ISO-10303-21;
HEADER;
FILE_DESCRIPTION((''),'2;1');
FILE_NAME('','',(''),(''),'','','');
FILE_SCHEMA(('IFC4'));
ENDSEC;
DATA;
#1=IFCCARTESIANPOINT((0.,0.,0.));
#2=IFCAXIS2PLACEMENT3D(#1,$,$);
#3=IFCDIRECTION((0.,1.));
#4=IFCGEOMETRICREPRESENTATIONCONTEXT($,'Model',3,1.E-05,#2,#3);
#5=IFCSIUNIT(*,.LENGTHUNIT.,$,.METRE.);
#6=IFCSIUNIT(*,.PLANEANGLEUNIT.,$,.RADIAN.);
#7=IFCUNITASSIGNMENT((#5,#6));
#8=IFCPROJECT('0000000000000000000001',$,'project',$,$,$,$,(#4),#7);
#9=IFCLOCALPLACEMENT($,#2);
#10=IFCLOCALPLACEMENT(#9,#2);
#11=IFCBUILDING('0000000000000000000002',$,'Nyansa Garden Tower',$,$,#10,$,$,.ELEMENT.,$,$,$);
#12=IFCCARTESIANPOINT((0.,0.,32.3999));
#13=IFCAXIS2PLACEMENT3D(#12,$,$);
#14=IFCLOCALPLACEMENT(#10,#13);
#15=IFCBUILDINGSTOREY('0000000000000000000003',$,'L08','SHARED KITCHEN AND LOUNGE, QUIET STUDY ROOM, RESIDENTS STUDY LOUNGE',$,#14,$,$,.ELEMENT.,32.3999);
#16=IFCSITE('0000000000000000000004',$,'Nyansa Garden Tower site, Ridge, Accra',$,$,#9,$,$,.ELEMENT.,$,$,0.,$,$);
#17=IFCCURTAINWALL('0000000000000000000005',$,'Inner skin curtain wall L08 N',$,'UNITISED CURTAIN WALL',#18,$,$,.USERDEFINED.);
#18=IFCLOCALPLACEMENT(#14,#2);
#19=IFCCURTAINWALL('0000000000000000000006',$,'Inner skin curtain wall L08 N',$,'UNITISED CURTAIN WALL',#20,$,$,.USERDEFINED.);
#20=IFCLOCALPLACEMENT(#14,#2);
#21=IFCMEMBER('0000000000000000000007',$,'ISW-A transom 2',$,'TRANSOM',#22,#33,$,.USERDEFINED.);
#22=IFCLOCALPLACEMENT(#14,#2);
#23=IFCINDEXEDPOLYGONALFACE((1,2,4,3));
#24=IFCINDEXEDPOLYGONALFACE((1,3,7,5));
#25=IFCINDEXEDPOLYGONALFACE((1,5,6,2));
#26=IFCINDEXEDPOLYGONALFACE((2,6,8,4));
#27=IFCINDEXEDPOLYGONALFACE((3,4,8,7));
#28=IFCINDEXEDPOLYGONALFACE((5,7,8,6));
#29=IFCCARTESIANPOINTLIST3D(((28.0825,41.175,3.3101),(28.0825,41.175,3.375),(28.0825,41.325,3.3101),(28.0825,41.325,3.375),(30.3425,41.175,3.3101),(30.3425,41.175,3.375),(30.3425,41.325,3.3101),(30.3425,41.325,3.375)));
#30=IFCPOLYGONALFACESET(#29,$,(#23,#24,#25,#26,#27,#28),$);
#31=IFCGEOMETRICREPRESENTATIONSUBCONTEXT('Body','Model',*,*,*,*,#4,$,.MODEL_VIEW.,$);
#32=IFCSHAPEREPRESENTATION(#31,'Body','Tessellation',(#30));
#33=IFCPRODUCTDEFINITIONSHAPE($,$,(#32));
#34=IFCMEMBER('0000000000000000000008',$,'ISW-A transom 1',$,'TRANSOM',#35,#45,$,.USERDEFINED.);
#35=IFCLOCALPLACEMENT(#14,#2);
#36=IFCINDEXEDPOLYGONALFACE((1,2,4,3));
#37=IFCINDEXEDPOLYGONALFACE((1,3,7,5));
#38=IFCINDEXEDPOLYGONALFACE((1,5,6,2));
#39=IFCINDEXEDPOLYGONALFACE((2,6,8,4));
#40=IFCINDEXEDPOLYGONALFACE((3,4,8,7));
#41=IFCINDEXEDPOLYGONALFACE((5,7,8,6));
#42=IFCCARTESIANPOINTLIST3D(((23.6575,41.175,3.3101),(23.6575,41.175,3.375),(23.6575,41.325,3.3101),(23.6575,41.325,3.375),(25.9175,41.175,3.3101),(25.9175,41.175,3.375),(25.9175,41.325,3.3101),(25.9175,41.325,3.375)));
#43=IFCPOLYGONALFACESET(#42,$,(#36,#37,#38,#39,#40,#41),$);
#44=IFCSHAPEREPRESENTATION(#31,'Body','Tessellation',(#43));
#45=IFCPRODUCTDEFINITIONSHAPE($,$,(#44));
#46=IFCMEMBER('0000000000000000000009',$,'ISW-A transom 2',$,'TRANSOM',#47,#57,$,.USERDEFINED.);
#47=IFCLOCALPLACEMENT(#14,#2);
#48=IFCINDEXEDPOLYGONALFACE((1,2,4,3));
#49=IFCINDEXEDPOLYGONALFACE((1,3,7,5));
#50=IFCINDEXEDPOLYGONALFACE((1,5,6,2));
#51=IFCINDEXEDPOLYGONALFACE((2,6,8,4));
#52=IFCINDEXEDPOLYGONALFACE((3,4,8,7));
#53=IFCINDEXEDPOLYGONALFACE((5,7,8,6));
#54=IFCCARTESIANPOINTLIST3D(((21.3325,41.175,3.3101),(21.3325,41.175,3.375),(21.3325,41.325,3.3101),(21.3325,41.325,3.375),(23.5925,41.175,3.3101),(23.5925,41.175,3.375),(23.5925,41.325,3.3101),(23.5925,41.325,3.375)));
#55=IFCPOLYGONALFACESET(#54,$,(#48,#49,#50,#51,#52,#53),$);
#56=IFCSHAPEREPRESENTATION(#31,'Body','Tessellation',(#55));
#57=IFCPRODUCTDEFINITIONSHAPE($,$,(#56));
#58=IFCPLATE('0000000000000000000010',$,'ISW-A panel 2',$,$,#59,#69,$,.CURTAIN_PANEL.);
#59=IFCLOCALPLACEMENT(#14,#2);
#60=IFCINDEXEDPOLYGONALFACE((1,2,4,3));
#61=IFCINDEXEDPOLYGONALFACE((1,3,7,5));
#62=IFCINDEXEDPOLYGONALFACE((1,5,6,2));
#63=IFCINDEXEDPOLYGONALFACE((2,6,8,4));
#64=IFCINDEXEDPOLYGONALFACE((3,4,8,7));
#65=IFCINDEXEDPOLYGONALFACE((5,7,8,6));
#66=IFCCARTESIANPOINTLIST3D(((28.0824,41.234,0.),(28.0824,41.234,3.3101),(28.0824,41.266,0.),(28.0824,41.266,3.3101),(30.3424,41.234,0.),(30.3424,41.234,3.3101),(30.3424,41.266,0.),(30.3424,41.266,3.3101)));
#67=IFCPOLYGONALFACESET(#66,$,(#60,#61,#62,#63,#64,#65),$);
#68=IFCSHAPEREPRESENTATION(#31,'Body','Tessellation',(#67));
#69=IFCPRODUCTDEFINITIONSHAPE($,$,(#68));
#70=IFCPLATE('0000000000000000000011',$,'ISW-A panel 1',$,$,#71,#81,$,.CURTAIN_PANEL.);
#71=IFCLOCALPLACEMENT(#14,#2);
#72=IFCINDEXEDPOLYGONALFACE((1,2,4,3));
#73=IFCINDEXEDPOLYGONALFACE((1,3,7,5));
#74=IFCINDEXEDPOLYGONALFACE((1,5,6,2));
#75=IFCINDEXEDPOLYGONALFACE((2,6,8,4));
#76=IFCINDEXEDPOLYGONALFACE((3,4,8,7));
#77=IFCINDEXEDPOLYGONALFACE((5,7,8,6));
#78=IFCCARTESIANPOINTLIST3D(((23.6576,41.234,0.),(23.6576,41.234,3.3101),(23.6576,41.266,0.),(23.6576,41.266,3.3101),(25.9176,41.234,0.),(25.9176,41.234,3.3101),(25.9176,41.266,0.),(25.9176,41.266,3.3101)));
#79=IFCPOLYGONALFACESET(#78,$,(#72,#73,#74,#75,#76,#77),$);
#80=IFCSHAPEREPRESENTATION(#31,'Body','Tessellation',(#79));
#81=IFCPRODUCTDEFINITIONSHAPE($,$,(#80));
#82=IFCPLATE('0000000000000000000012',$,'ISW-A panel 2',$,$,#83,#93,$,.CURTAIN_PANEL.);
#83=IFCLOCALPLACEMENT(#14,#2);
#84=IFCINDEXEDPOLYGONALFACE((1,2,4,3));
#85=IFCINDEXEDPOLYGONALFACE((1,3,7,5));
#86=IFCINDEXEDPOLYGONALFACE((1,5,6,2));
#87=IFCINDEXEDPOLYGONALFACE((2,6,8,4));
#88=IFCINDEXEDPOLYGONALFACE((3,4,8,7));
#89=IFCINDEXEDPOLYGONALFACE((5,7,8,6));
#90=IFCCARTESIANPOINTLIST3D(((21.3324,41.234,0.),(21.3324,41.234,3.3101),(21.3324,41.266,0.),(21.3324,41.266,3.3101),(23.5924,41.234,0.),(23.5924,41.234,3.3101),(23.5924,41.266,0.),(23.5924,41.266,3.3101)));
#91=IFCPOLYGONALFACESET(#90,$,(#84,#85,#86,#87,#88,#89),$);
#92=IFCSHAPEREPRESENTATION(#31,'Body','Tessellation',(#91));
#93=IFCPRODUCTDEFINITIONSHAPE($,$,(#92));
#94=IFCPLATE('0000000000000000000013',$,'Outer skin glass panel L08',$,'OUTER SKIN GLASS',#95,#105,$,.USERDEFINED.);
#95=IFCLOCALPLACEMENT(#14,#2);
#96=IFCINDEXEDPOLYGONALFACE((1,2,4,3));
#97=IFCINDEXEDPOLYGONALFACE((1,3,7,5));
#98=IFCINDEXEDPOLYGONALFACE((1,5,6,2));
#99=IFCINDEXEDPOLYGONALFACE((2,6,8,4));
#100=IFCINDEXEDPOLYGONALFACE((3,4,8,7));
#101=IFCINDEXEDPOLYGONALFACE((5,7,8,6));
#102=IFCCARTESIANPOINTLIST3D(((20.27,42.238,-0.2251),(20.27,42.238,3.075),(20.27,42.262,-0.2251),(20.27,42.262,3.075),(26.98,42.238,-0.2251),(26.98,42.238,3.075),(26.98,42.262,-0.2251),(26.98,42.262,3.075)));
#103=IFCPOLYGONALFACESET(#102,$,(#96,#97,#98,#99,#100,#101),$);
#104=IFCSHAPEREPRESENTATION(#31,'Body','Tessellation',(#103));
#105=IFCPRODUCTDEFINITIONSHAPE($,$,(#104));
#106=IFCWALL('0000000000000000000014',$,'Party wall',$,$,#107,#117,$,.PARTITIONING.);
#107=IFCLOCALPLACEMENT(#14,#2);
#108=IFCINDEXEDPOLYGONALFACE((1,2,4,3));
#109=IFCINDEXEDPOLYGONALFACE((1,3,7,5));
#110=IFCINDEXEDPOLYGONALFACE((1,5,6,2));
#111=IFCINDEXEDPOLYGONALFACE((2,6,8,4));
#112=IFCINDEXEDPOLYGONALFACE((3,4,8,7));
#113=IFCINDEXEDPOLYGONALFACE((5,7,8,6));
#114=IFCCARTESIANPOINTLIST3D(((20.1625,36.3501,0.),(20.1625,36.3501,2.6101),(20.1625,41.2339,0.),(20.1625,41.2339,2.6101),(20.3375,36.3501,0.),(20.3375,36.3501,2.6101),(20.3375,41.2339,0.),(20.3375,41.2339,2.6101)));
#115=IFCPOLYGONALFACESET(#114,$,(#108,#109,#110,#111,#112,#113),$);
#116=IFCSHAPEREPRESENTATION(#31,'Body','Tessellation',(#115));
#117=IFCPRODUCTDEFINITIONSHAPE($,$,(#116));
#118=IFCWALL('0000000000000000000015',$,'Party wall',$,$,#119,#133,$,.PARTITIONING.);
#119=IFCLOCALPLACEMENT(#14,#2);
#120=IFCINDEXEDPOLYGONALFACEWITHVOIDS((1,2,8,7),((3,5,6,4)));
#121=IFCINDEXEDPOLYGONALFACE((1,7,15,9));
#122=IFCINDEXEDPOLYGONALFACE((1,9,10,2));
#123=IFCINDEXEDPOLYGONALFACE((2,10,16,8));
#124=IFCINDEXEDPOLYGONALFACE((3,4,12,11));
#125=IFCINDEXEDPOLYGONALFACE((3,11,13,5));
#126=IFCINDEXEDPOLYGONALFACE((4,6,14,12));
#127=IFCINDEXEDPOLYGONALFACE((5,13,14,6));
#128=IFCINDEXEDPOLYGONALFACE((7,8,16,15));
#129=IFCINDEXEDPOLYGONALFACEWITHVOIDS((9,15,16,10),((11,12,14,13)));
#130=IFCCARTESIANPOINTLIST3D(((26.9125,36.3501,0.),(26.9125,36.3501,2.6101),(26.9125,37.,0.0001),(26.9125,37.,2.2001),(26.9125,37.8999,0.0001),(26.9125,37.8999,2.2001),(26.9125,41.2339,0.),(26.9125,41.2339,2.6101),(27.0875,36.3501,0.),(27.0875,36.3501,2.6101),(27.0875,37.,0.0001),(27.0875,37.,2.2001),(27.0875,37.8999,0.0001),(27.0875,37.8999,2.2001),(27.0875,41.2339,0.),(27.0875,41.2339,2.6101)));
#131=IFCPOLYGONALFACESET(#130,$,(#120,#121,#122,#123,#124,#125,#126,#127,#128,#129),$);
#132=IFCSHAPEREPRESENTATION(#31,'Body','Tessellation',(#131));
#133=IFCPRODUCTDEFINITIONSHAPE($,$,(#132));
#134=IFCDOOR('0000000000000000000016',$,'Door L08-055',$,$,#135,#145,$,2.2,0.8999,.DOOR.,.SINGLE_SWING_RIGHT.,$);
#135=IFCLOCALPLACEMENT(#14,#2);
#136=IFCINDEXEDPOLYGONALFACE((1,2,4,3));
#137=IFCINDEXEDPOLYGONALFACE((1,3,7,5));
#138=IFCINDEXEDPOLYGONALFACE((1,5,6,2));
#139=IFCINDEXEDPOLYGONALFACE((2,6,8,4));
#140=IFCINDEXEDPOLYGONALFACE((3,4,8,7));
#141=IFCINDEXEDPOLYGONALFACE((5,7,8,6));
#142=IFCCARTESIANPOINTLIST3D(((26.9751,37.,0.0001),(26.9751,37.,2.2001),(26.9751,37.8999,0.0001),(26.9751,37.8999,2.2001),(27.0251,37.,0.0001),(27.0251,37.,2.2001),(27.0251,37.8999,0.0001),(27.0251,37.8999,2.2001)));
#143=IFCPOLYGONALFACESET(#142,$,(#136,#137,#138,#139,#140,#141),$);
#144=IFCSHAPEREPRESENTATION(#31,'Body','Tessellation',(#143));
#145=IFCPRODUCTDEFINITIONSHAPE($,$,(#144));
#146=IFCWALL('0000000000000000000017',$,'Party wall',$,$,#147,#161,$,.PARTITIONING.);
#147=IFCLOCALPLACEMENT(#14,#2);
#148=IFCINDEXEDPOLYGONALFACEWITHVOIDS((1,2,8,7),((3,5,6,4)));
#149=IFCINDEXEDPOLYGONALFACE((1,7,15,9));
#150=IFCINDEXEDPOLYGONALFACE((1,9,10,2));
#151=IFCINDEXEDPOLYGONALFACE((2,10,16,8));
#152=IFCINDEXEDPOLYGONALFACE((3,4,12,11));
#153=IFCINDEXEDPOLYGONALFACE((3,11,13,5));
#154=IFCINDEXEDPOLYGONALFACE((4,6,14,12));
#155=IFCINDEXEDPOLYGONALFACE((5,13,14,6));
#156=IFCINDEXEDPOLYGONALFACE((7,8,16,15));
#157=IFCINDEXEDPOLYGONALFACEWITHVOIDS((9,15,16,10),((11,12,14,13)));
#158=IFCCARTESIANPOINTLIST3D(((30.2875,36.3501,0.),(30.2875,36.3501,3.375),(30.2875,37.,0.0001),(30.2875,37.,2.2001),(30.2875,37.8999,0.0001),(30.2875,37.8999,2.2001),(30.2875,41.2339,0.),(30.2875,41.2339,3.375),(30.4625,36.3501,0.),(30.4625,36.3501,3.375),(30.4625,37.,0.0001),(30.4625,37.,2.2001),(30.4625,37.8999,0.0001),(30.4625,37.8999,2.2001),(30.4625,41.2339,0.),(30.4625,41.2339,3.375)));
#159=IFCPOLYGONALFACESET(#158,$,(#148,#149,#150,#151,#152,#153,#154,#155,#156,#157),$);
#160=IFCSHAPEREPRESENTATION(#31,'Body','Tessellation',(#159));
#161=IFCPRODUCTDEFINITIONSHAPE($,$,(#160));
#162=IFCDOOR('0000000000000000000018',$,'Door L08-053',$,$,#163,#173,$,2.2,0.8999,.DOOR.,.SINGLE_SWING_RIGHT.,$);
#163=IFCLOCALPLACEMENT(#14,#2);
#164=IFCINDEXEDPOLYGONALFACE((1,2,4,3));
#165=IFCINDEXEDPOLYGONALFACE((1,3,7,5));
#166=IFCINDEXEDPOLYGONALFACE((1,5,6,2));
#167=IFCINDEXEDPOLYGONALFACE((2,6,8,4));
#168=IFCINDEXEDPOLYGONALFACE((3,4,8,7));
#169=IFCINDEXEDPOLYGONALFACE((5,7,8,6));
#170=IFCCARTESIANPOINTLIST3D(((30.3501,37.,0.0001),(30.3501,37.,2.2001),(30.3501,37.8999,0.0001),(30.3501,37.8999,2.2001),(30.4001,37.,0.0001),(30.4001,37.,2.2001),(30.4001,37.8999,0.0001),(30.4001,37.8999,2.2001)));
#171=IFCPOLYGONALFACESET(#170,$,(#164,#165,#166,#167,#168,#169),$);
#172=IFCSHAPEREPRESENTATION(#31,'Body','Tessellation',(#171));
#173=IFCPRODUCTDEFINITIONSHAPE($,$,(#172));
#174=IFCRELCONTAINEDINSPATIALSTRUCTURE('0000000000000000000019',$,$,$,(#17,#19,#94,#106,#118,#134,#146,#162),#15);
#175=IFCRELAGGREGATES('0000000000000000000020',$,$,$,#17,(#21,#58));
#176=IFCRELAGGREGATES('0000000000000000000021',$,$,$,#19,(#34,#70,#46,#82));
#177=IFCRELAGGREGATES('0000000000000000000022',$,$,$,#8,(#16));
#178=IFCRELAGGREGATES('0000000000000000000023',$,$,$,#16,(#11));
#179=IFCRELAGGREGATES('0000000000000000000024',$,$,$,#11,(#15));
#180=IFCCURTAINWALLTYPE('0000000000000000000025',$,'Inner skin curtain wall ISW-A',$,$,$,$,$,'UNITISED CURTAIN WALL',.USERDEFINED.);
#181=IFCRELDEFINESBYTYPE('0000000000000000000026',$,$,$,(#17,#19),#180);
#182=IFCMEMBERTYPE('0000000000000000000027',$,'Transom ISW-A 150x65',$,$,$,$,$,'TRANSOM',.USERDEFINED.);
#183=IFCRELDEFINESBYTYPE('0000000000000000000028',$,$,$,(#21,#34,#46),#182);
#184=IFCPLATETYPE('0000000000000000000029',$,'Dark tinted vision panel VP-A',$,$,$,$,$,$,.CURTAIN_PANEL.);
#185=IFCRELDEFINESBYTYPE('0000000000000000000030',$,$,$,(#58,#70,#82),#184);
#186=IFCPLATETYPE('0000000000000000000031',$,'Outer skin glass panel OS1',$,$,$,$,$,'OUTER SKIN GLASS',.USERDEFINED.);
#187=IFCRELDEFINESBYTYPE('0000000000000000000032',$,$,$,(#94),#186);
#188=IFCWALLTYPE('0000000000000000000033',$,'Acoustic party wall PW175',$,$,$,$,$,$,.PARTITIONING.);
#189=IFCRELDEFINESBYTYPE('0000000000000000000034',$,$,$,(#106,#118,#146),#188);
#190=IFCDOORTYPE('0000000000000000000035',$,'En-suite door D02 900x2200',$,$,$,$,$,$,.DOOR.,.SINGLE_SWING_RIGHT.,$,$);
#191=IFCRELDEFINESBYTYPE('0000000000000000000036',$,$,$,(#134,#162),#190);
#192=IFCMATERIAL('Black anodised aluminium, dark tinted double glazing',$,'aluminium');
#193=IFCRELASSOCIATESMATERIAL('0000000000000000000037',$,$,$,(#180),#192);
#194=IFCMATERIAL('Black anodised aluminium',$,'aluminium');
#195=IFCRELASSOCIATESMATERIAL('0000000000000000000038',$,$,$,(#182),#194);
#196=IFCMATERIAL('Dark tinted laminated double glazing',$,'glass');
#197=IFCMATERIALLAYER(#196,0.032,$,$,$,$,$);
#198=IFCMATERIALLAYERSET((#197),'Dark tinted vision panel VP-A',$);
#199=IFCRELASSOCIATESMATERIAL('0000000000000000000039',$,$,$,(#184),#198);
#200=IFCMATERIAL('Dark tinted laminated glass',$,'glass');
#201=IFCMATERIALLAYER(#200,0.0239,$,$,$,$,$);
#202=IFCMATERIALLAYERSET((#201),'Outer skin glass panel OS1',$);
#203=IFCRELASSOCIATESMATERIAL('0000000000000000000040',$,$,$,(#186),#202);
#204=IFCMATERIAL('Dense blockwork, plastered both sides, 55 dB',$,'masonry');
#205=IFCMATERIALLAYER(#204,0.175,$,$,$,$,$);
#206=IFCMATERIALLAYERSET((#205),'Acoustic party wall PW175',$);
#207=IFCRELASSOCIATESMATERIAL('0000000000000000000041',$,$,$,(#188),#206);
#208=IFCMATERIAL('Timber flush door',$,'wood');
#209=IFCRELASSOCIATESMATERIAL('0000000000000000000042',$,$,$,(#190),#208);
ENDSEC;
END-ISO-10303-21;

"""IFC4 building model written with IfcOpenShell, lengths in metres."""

from ifc_helpers import new_model, si_unit, direction, frame, frame_2d, origin, origin_2d, place, context, subcontext, project, spatial, rectangle, extrude, material, layer, layer_set, material_profile, profile_set, type_object, element, fill, aggregate, save


model = new_model("IFC4")

# Units and contexts
model_context = context("Model", 3, precision=1e-05, world=origin(), true_north=direction((0.0, 1.0)))
body_context = subcontext(model_context, "Body", "Model", "MODEL_VIEW")
ifc_project = project(units=[si_unit("LENGTHUNIT", "METRE"), si_unit("PLANEANGLEUNIT", "RADIAN")], contexts=[model_context])

# Site, building, storey
site_placement = place(None, origin())
site = spatial("IfcSite", under=ifc_project, at=site_placement, Name="Nyansa Garden Tower site, Ridge, Accra", CompositionType="ELEMENT", RefElevation=0.0)
building_placement = place(site_placement, origin())
building = spatial("IfcBuilding", under=site, at=building_placement, Name="Nyansa Garden Tower", CompositionType="ELEMENT")
storey_placement = place(building_placement, frame((0.0, 0.0, 32.3999)))
storey = spatial("IfcBuildingStorey", under=building, at=storey_placement, Name="L08", Description="SHARED KITCHEN AND LOUNGE, QUIET STUDY ROOM, RESIDENTS STUDY LOUNGE", CompositionType="ELEMENT", Elevation=32.3999)

# Curtain walls
ifc_material_1 = material(Name="Black anodised aluminium, dark tinted double glazing", Category="aluminium")
curtain_wall_type = type_object("IfcCurtainWallType", Name="Inner skin curtain wall ISW-A", ElementType="UNITISED CURTAIN WALL", PredefinedType="USERDEFINED", material=ifc_material_1)
curtain_wall_1_placement = place(storey_placement, origin())
curtain_wall_1 = element("IfcCurtainWall", 1, at=curtain_wall_1_placement, inside=storey, type_object=curtain_wall_type, Name="Inner skin curtain wall L08 N", ObjectType="UNITISED CURTAIN WALL", PredefinedType="USERDEFINED")
curtain_wall_2_placement = place(storey_placement, origin())
curtain_wall_2 = element("IfcCurtainWall", 2, at=curtain_wall_2_placement, inside=storey, type_object=curtain_wall_type, Name="Inner skin curtain wall L08 N", ObjectType="UNITISED CURTAIN WALL", PredefinedType="USERDEFINED")

# Members
ifc_material_2 = material(Name="Black anodised aluminium", Category="aluminium")
ifc_material_profile_1 = material_profile(ifc_material_2, rectangle(XDim=0.1499, YDim=0.0649, at=origin_2d()), Name="Transom 150x65")
ifc_profile_set_1 = profile_set([ifc_material_profile_1], Name="Black anodised aluminium")
member_type_1 = type_object("IfcMemberType", Name="Transom ISW-A 150x65", ElementType="TRANSOM", PredefinedType="USERDEFINED", material=ifc_profile_set_1)
member_1_placement = place(storey_placement, frame((30.3425, 41.25, 3.3425), z_axis=(-1.0, 0.0, 0.0), x_axis=(0.0, -1.0, 0.0)))
member_1 = element("IfcMember", 3, at=member_1_placement, type_object=member_type_1, Name="ISW-A transom 2", ObjectType="TRANSOM", PredefinedType="USERDEFINED", context=body_context, shape_type="SweptSolid", body=[
    extrude(rectangle(XDim=0.1499, YDim=0.0649, at=origin_2d()), origin(), (0.0, 0.0, 1.0), 2.26),
])
member_2_placement = place(storey_placement, frame((25.9175, 41.25, 3.3425), z_axis=(-1.0, 0.0, 0.0), x_axis=(0.0, -1.0, 0.0)))
member_2 = element("IfcMember", 4, at=member_2_placement, type_object=member_type_1, Name="ISW-A transom 1", ObjectType="TRANSOM", PredefinedType="USERDEFINED", context=body_context, shape_type="SweptSolid", body=[
    extrude(rectangle(XDim=0.1499, YDim=0.0649, at=origin_2d()), origin(), (0.0, 0.0, 1.0), 2.26),
])
member_3_placement = place(storey_placement, frame((23.5925, 41.25, 3.3425), z_axis=(-1.0, 0.0, 0.0), x_axis=(0.0, -1.0, 0.0)))
member_3 = element("IfcMember", 5, at=member_3_placement, type_object=member_type_1, Name="ISW-A transom 2", ObjectType="TRANSOM", PredefinedType="USERDEFINED", context=body_context, shape_type="SweptSolid", body=[
    extrude(rectangle(XDim=0.1499, YDim=0.0649, at=origin_2d()), origin(), (0.0, 0.0, 1.0), 2.26),
])

# Plates
ifc_material_3 = material(Name="Dark tinted laminated double glazing", Category="glass")
ifc_layer_1 = layer(ifc_material_3, 0.032)
ifc_layer_set_1 = layer_set([ifc_layer_1], Name="Dark tinted vision panel VP-A")
plate_type_1 = type_object("IfcPlateType", Name="Dark tinted vision panel VP-A", PredefinedType="CURTAIN_PANEL", material=ifc_layer_set_1)
plate_1_placement = place(storey_placement, frame((29.2124, 41.25, 0.0), z_axis=(0.0, 0.0, 1.0), x_axis=(-1.0, 0.0, 0.0)))
plate_1 = element("IfcPlate", 6, at=plate_1_placement, type_object=plate_type_1, Name="ISW-A panel 2", PredefinedType="CURTAIN_PANEL", context=body_context, shape_type="SweptSolid", body=[
    extrude(rectangle(XDim=2.26, YDim=0.032, at=origin_2d()), origin(), (0.0, 0.0, 1.0), 3.3101),
])
aggregate(curtain_wall_1, [member_1, plate_1])
plate_2_placement = place(storey_placement, frame((24.7876, 41.25, 0.0), z_axis=(0.0, 0.0, 1.0), x_axis=(-1.0, 0.0, 0.0)))
plate_2 = element("IfcPlate", 7, at=plate_2_placement, type_object=plate_type_1, Name="ISW-A panel 1", PredefinedType="CURTAIN_PANEL", context=body_context, shape_type="SweptSolid", body=[
    extrude(rectangle(XDim=2.26, YDim=0.032, at=origin_2d()), origin(), (0.0, 0.0, 1.0), 3.3101),
])
plate_3_placement = place(storey_placement, frame((22.4624, 41.25, 0.0), z_axis=(0.0, 0.0, 1.0), x_axis=(-1.0, 0.0, 0.0)))
plate_3 = element("IfcPlate", 8, at=plate_3_placement, type_object=plate_type_1, Name="ISW-A panel 2", PredefinedType="CURTAIN_PANEL", context=body_context, shape_type="SweptSolid", body=[
    extrude(rectangle(XDim=2.26, YDim=0.032, at=origin_2d()), origin(), (0.0, 0.0, 1.0), 3.3101),
])
aggregate(curtain_wall_2, [member_2, plate_2, member_3, plate_3])
ifc_material_4 = material(Name="Dark tinted laminated glass", Category="glass")
ifc_layer_2 = layer(ifc_material_4, 0.0239)
ifc_layer_set_2 = layer_set([ifc_layer_2], Name="Outer skin glass panel OS1")
plate_type_2 = type_object("IfcPlateType", Name="Outer skin glass panel OS1", ElementType="OUTER SKIN GLASS", PredefinedType="USERDEFINED", material=ifc_layer_set_2)
plate_4_placement = place(storey_placement, frame((23.625, 42.25, -0.2251), z_axis=(0.0, 0.0, 1.0), x_axis=(1.0, 0.0, 0.0)))
element("IfcPlate", 9, at=plate_4_placement, inside=storey, type_object=plate_type_2, Name="Outer skin glass panel L08", ObjectType="OUTER SKIN GLASS", PredefinedType="USERDEFINED", context=body_context, shape_type="SweptSolid", body=[
    extrude(rectangle(XDim=6.71, YDim=0.0239, at=origin_2d()), origin(), (0.0, 0.0, 1.0), 3.3),
])

# Wall
ifc_material_5 = material(Name="Dense blockwork, plastered both sides, 55 dB", Category="masonry")
ifc_layer_3 = layer(ifc_material_5, 0.175)
ifc_layer_set_3 = layer_set([ifc_layer_3], Name="Acoustic party wall PW175")
wall_type_1 = type_object("IfcWallType", Name="Acoustic party wall PW175", PredefinedType="PARTITIONING", material=ifc_layer_set_3)
wall_1_placement = place(storey_placement, frame((20.25, 36.3501, 0.0), z_axis=(0.0, 0.0, 1.0), x_axis=(0.0, 1.0, 0.0)))
element("IfcWall", 10, at=wall_1_placement, inside=storey, type_object=wall_type_1, Name="Party wall", PredefinedType="PARTITIONING", context=body_context, shape_type="SweptSolid", body=[
    extrude(rectangle(XDim=4.8838, YDim=0.175, at=frame_2d((2.4419, 0.0))), origin(), (0.0, 0.0, 1.0), 2.6101),
])

# Walls, openings, doors
wall_2_placement = place(storey_placement, frame((27.0, 36.3501, 0.0), z_axis=(0.0, 0.0, 1.0), x_axis=(0.0, 1.0, 0.0)))
wall_2 = element("IfcWall", 11, at=wall_2_placement, inside=storey, type_object=wall_type_1, Name="Party wall", PredefinedType="PARTITIONING", context=body_context, shape_type="SweptSolid", body=[
    extrude(rectangle(XDim=4.8838, YDim=0.175, at=frame_2d((2.4419, 0.0))), origin(), (0.0, 0.0, 1.0), 2.6101),
])
opening_1_placement = place(wall_2_placement, frame((0.6499, 0.0, 0.0)))
opening_1 = element("IfcOpeningElement", 12, at=opening_1_placement, cuts=wall_2, PredefinedType="OPENING", context=body_context, shape_type="SweptSolid", body=[
    extrude(rectangle(XDim=0.8999, YDim=2.2, at=frame_2d((0.45, 1.1001))), frame((0.0, 0.0974, 0.0), z_axis=(0.0, -1.0, 0.0), x_axis=(1.0, 0.0, 0.0)), (0.0, 0.0, 1.0), 0.1951),
])
ifc_material_6 = material(Name="Timber flush door", Category="wood")
door_type = type_object("IfcDoorType", Name="En-suite door D02 900x2200", OperationType="SINGLE_SWING_RIGHT", PredefinedType="DOOR", material=ifc_material_6)
door_1_placement = place(opening_1_placement, origin())
door_1 = element("IfcDoor", 13, at=door_1_placement, inside=storey, type_object=door_type, Name="Door L08-055", OperationType="SINGLE_SWING_RIGHT", OverallHeight=2.2, OverallWidth=0.8999, PredefinedType="DOOR", context=body_context, shape_type="SweptSolid", body=[
    extrude(rectangle(XDim=0.8999, YDim=2.2, at=frame_2d((0.45, 1.1001))), frame((0.0, 0.0249, 0.0), z_axis=(0.0, -1.0, 0.0), x_axis=(1.0, 0.0, 0.0)), (0.0, 0.0, 1.0), 0.05),
])
fill(opening_1, door_1)
wall_3_placement = place(storey_placement, frame((30.375, 36.3501, 0.0), z_axis=(0.0, 0.0, 1.0), x_axis=(0.0, 1.0, 0.0)))
wall_3 = element("IfcWall", 14, at=wall_3_placement, inside=storey, type_object=wall_type_1, Name="Party wall", PredefinedType="PARTITIONING", context=body_context, shape_type="SweptSolid", body=[
    extrude(rectangle(XDim=4.8838, YDim=0.175, at=frame_2d((2.4419, 0.0))), origin(), (0.0, 0.0, 1.0), 3.375),
])
opening_2_placement = place(wall_3_placement, frame((0.6499, 0.0, 0.0)))
opening_2 = element("IfcOpeningElement", 15, at=opening_2_placement, cuts=wall_3, PredefinedType="OPENING", context=body_context, shape_type="SweptSolid", body=[
    extrude(rectangle(XDim=0.8999, YDim=2.2, at=frame_2d((0.45, 1.1001))), frame((0.0, 0.0974, 0.0), z_axis=(0.0, -1.0, 0.0), x_axis=(1.0, 0.0, 0.0)), (0.0, 0.0, 1.0), 0.1951),
])
door_2_placement = place(opening_2_placement, origin())
door_2 = element("IfcDoor", 16, at=door_2_placement, inside=storey, type_object=door_type, Name="Door L08-053", OperationType="SINGLE_SWING_RIGHT", OverallHeight=2.2, OverallWidth=0.8999, PredefinedType="DOOR", context=body_context, shape_type="SweptSolid", body=[
    extrude(rectangle(XDim=0.8999, YDim=2.2, at=frame_2d((0.45, 1.1001))), frame((0.0, 0.0249, 0.0), z_axis=(0.0, -1.0, 0.0), x_axis=(1.0, 0.0, 0.0)), (0.0, 0.0, 1.0), 0.05),
])
fill(opening_2, door_2)

save(model, "model.ifc")
